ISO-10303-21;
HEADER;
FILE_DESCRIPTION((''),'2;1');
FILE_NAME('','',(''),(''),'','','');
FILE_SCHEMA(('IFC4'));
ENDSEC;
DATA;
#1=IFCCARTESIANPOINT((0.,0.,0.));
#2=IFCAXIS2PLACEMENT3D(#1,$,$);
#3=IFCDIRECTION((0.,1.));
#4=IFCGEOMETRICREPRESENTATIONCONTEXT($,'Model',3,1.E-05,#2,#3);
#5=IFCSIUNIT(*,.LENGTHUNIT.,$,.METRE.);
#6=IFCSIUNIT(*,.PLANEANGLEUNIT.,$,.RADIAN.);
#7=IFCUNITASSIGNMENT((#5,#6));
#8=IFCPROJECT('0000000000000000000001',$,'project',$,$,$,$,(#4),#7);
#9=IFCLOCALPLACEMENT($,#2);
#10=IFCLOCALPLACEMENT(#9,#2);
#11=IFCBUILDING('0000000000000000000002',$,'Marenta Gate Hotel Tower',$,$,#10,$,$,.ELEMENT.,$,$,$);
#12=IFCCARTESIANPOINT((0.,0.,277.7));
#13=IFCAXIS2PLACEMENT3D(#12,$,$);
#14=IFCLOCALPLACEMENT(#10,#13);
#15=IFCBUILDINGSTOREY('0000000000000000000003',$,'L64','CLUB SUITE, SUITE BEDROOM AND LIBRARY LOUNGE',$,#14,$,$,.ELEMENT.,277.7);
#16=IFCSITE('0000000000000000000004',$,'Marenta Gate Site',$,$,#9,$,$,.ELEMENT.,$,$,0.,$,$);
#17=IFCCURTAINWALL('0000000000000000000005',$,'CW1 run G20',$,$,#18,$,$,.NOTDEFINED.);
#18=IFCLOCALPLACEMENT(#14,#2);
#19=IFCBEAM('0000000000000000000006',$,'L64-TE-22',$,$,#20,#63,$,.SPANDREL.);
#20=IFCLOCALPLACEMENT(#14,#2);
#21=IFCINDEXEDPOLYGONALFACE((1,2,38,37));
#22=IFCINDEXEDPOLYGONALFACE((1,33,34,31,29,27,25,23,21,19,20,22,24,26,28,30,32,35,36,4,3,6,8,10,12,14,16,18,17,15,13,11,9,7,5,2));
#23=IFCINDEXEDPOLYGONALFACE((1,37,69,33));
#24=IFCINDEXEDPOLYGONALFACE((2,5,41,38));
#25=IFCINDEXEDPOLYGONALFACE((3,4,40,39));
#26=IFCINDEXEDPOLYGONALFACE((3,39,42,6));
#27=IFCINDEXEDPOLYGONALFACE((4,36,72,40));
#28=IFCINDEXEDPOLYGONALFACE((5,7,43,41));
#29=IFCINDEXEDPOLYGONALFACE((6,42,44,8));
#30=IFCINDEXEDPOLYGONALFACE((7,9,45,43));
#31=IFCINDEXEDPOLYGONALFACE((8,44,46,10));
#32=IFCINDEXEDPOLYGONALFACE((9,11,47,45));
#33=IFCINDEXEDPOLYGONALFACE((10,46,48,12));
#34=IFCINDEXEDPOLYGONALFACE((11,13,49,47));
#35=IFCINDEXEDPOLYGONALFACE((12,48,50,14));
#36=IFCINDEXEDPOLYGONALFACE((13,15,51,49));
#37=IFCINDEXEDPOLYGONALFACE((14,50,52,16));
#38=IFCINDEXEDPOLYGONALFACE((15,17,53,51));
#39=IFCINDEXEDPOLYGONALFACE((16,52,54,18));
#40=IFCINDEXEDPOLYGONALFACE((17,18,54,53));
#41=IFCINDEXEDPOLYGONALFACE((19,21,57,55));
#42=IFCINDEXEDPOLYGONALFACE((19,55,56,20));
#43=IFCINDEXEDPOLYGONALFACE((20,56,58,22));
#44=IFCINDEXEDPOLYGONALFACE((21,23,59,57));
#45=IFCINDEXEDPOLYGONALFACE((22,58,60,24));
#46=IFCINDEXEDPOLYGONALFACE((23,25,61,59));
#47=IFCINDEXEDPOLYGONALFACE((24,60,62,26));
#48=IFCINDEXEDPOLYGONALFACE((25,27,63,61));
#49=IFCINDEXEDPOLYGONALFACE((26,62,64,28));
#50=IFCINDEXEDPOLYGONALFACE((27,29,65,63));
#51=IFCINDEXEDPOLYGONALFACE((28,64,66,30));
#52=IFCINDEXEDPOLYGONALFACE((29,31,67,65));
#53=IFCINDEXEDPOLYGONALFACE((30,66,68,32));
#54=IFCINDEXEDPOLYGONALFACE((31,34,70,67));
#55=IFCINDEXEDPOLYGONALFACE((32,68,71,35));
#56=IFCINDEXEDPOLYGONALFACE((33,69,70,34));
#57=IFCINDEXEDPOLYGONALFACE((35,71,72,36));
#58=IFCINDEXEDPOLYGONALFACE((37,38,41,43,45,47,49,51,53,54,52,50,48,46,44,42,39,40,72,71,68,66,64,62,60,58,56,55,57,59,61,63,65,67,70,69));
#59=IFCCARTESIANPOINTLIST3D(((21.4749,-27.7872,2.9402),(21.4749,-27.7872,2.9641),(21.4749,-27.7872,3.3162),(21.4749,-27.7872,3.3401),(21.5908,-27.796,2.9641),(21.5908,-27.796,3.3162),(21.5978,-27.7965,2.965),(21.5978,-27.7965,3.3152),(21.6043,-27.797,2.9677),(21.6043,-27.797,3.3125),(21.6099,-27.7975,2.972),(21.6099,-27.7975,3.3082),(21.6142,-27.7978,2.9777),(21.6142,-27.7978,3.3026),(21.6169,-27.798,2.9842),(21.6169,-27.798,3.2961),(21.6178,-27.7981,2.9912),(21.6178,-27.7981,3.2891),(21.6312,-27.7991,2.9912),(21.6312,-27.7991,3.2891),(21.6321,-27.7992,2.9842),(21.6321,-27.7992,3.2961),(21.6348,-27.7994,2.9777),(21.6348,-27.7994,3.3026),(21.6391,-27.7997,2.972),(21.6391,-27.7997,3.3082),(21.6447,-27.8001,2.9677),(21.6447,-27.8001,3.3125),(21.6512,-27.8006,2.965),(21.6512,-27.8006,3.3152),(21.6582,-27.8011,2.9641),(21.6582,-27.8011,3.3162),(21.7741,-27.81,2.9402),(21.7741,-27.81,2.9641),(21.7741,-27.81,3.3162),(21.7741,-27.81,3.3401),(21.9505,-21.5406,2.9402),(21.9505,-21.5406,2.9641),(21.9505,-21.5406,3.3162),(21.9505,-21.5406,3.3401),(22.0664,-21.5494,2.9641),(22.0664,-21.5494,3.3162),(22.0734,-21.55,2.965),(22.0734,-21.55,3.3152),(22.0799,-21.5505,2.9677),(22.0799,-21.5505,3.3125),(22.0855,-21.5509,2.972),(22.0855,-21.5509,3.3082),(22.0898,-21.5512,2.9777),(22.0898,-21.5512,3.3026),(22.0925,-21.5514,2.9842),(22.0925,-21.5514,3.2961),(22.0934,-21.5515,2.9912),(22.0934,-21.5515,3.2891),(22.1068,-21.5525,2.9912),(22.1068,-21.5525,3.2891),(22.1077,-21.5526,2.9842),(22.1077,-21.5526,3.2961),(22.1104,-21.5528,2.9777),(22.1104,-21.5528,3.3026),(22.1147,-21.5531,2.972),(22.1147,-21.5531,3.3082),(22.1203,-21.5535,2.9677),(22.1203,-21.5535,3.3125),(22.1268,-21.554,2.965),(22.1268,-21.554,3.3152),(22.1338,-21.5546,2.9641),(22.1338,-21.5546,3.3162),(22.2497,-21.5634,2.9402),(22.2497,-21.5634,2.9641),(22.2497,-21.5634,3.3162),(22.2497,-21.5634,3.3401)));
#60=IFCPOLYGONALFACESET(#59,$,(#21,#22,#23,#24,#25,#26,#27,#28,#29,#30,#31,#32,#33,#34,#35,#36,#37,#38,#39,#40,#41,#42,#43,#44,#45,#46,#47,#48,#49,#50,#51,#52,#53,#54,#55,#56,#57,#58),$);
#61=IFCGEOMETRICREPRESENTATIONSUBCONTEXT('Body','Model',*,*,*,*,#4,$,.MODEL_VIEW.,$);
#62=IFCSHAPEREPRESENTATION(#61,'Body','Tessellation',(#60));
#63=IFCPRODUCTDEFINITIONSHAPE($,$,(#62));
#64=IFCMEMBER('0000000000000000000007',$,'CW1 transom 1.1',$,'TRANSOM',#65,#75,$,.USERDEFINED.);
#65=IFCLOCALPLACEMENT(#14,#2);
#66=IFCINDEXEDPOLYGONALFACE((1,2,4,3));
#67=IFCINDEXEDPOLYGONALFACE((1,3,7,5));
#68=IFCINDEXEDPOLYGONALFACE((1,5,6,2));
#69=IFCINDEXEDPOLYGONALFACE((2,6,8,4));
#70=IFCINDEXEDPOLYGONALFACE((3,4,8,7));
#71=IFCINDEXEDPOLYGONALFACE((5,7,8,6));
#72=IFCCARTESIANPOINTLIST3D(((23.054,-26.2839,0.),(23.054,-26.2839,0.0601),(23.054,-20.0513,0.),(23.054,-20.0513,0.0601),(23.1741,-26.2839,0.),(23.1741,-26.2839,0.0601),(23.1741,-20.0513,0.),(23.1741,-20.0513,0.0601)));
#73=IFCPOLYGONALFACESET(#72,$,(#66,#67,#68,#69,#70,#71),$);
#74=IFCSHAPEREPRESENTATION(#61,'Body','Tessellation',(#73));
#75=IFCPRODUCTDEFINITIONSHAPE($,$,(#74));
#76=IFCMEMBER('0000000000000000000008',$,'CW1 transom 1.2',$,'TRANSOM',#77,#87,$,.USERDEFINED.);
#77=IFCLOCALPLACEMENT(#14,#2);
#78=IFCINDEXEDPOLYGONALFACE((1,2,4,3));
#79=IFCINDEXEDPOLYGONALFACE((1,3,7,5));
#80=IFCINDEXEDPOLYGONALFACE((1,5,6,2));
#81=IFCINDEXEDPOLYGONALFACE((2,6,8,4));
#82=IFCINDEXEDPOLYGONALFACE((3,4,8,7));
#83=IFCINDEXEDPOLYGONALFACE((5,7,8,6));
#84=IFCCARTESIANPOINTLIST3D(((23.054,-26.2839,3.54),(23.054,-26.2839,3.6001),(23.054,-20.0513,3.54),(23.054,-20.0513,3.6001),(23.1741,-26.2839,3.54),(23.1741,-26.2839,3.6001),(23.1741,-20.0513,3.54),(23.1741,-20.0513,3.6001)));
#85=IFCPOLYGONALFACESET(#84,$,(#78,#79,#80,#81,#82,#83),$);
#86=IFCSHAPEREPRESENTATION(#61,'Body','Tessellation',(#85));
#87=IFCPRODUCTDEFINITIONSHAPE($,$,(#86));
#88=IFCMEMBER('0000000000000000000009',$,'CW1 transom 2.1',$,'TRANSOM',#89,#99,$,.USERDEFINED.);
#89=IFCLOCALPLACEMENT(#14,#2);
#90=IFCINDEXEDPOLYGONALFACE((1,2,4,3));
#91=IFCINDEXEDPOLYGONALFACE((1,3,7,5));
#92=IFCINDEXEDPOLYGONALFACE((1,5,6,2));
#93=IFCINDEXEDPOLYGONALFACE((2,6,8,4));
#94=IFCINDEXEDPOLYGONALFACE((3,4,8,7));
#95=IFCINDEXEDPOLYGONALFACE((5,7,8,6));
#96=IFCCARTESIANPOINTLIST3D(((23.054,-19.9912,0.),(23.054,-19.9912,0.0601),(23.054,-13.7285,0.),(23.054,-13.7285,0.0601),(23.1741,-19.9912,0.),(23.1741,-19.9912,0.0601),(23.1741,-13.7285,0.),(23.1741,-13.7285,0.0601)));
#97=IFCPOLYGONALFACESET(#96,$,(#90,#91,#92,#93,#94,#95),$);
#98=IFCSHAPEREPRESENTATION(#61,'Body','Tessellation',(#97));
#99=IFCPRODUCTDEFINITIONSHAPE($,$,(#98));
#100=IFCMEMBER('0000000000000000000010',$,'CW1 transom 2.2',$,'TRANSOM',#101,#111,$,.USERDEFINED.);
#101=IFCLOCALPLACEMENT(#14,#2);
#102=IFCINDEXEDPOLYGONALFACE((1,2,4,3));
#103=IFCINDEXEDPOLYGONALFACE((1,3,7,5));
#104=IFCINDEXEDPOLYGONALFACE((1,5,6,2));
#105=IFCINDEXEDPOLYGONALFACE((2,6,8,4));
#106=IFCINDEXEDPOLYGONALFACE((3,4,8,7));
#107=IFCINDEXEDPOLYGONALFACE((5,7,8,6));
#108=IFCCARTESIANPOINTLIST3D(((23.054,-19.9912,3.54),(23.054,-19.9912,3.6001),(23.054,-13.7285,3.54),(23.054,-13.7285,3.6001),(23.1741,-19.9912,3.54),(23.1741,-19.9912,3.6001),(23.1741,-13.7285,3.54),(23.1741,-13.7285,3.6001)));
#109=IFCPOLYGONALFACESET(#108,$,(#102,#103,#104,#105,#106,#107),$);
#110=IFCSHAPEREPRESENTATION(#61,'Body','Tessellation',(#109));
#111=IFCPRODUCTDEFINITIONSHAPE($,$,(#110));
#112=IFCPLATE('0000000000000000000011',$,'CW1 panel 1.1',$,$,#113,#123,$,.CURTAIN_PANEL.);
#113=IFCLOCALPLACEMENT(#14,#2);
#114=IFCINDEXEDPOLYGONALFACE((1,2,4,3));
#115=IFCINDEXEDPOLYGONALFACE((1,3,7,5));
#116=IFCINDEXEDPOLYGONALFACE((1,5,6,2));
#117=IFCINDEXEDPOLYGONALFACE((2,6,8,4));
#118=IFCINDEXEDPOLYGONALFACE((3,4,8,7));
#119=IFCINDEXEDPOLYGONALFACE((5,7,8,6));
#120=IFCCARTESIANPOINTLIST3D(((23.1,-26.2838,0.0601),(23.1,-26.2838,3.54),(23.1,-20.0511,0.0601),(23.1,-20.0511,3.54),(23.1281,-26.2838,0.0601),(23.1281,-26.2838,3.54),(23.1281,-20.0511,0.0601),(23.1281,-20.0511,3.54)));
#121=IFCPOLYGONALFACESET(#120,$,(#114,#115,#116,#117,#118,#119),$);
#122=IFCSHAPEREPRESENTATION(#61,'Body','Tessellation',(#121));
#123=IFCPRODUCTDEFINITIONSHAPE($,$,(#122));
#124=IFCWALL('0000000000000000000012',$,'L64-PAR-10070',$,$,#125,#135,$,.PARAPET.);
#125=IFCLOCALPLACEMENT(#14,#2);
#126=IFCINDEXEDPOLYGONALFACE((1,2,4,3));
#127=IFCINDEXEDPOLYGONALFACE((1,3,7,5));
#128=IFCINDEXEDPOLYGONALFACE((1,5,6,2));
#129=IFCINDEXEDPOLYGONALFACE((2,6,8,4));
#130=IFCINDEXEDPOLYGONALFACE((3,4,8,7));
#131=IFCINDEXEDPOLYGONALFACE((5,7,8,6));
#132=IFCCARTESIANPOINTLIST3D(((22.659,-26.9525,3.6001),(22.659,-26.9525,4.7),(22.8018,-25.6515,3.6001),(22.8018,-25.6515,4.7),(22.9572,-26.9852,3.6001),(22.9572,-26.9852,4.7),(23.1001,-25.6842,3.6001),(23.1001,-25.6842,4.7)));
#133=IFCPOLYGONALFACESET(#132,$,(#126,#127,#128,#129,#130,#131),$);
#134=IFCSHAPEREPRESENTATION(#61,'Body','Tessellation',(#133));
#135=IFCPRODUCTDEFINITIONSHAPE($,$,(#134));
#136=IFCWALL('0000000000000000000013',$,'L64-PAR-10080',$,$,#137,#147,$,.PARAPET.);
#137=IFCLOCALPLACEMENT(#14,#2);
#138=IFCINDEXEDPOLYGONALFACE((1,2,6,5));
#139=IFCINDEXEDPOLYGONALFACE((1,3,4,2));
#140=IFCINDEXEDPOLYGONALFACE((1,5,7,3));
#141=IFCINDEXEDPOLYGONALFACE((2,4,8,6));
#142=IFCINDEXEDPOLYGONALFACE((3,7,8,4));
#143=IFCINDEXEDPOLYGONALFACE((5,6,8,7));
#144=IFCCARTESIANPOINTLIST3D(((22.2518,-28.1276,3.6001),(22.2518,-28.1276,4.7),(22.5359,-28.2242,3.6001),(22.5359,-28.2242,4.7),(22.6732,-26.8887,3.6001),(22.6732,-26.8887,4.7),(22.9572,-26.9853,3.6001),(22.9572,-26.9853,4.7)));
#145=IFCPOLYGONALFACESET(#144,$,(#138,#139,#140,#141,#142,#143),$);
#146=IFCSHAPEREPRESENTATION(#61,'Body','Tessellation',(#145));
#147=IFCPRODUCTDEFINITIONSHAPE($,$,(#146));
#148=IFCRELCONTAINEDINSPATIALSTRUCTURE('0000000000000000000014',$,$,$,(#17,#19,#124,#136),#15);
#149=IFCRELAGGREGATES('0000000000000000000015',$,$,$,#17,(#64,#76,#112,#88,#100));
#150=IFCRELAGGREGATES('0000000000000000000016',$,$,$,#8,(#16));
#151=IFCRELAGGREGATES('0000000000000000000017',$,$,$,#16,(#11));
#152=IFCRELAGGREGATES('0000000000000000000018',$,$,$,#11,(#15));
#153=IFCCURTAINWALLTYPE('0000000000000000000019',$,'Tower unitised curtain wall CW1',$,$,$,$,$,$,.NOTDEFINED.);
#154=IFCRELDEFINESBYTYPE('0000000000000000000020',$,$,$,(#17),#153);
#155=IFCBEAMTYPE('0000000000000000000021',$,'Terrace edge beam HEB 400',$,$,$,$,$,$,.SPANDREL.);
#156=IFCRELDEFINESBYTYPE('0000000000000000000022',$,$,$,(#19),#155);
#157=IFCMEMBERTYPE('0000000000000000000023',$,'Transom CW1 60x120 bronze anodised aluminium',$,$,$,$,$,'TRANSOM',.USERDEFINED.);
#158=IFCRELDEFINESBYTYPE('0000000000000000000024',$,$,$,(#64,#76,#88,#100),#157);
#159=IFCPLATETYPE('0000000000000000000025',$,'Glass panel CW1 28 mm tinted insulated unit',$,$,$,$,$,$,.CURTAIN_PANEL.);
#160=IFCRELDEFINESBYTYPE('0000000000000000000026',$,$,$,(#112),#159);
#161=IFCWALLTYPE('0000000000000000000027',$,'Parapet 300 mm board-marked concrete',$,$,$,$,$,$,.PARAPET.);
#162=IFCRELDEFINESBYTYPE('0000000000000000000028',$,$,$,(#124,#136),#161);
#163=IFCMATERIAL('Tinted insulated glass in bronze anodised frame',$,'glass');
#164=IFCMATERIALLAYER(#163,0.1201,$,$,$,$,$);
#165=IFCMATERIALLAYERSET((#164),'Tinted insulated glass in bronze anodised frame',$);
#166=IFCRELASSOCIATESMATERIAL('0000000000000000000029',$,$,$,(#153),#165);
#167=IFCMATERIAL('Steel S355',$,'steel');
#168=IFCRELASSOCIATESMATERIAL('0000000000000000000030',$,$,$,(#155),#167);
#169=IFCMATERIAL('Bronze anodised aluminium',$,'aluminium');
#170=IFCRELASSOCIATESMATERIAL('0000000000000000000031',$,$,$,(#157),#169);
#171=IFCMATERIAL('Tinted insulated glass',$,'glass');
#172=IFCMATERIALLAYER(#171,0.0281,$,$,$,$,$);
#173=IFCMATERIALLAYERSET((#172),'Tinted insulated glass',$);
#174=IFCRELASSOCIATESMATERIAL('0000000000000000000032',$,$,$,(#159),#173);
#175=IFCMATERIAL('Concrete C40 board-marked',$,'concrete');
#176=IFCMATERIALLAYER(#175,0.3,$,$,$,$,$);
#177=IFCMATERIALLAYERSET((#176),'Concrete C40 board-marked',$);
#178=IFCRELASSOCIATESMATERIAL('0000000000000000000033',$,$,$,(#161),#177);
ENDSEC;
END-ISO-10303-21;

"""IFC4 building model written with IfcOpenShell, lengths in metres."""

from ifc_helpers import new_model, si_unit, direction, frame, frame_2d, origin, origin_2d, place, context, subcontext, project, spatial, rectangle, i_section, extrude, material, layer, layer_set, material_profile, profile_set, type_object, element, aggregate, save


model = new_model("IFC4")

# Units and contexts
model_context = context("Model", 3, precision=1e-05, world=origin(), true_north=direction((0.0, 1.0)))
body_context = subcontext(model_context, "Body", "Model", "MODEL_VIEW")
ifc_project = project(units=[si_unit("LENGTHUNIT", "METRE"), si_unit("PLANEANGLEUNIT", "RADIAN")], contexts=[model_context])

# Site, building, storey
site_placement = place(None, origin())
site = spatial("IfcSite", under=ifc_project, at=site_placement, Name="Marenta Gate Site", CompositionType="ELEMENT", RefElevation=0.0)
building_placement = place(site_placement, origin())
building = spatial("IfcBuilding", under=site, at=building_placement, Name="Marenta Gate Hotel Tower", CompositionType="ELEMENT")
storey_placement = place(building_placement, frame((0.0, 0.0, 277.7)))
storey = spatial("IfcBuildingStorey", under=building, at=storey_placement, Name="L64", Description="CLUB SUITE, SUITE BEDROOM AND LIBRARY LOUNGE", CompositionType="ELEMENT", Elevation=277.7)

# Curtain wall
ifc_material_1 = material(Name="Tinted insulated glass in bronze anodised frame", Category="glass")
ifc_layer_1 = layer(ifc_material_1, 0.1201)
ifc_layer_set_1 = layer_set([ifc_layer_1], Name="Tinted insulated glass in bronze anodised frame")
curtain_wall_type = type_object("IfcCurtainWallType", Name="Tower unitised curtain wall CW1", PredefinedType="NOTDEFINED", material=ifc_layer_set_1)
curtain_wall_placement = place(storey_placement, origin())
curtain_wall = element("IfcCurtainWall", 1, at=curtain_wall_placement, inside=storey, type_object=curtain_wall_type, Name="CW1 run G20", PredefinedType="NOTDEFINED")

# Beam
ifc_material_2 = material(Name="Steel S355", Category="steel")
ifc_material_profile_1 = material_profile(ifc_material_2, i_section(OverallWidth=0.3, OverallDepth=0.3999, WebThickness=0.0134, FlangeThickness=0.0239, FilletRadius=0.0271, at=origin_2d()), Name="HEB 400")
ifc_profile_set_1 = profile_set([ifc_material_profile_1], Name="Steel S355")
beam_type_1 = type_object("IfcBeamType", Name="Terrace edge beam HEB 400", PredefinedType="SPANDREL", material=ifc_profile_set_1)
beam_1_placement = place(storey_placement, frame((22.1001, -21.552, 3.1401), z_axis=(-0.075916, -0.997114, 0.0), x_axis=(0.997114, -0.075916, 0.0)))
element("IfcBeam", 2, at=beam_1_placement, inside=storey, type_object=beam_type_1, Name="L64-TE-22", PredefinedType="SPANDREL", context=body_context, shape_type="SweptSolid", body=[
    extrude(i_section(OverallWidth=0.3, OverallDepth=0.3999, WebThickness=0.0134, FlangeThickness=0.0239, FilletRadius=0.0271, at=origin_2d()), origin(), (0.0, 0.0, 1.0), 6.2646),
])

# Members
ifc_material_3 = material(Name="Bronze anodised aluminium", Category="aluminium")
ifc_material_profile_2 = material_profile(ifc_material_3, rectangle(XDim=0.1201, YDim=0.0601, at=origin_2d()), Name="Transom CW1 60x120 bronze anodised aluminium")
ifc_profile_set_2 = profile_set([ifc_material_profile_2], Name="Bronze anodised aluminium")
member_type_1 = type_object("IfcMemberType", Name="Transom CW1 60x120 bronze anodised aluminium", ElementType="TRANSOM", PredefinedType="USERDEFINED", material=ifc_profile_set_2)
member_1_placement = place(storey_placement, frame((23.114, -26.2839, 0.03), z_axis=(0.0, 1.0, 0.0), x_axis=(-1.0, 0.0, 0.0)))
member_1 = element("IfcMember", 3, at=member_1_placement, type_object=member_type_1, Name="CW1 transom 1.1", ObjectType="TRANSOM", PredefinedType="USERDEFINED", context=body_context, shape_type="SweptSolid", body=[
    extrude(rectangle(XDim=0.1201, YDim=0.0601, at=origin_2d()), origin(), (0.0, 0.0, 1.0), 6.2327),
])
member_2_placement = place(storey_placement, frame((23.114, -26.2839, 3.5701), z_axis=(0.0, 1.0, 0.0), x_axis=(-1.0, 0.0, 0.0)))
member_2 = element("IfcMember", 4, at=member_2_placement, type_object=member_type_1, Name="CW1 transom 1.2", ObjectType="TRANSOM", PredefinedType="USERDEFINED", context=body_context, shape_type="SweptSolid", body=[
    extrude(rectangle(XDim=0.1201, YDim=0.0601, at=origin_2d()), origin(), (0.0, 0.0, 1.0), 6.2327),
])
member_3_placement = place(storey_placement, frame((23.114, -19.9912, 0.03), z_axis=(0.0, 1.0, 0.0), x_axis=(-1.0, 0.0, 0.0)))
member_3 = element("IfcMember", 5, at=member_3_placement, type_object=member_type_1, Name="CW1 transom 2.1", ObjectType="TRANSOM", PredefinedType="USERDEFINED", context=body_context, shape_type="SweptSolid", body=[
    extrude(rectangle(XDim=0.1201, YDim=0.0601, at=origin_2d()), origin(), (0.0, 0.0, 1.0), 6.2627),
])
member_4_placement = place(storey_placement, frame((23.114, -19.9912, 3.5701), z_axis=(0.0, 1.0, 0.0), x_axis=(-1.0, 0.0, 0.0)))
member_4 = element("IfcMember", 6, at=member_4_placement, type_object=member_type_1, Name="CW1 transom 2.2", ObjectType="TRANSOM", PredefinedType="USERDEFINED", context=body_context, shape_type="SweptSolid", body=[
    extrude(rectangle(XDim=0.1201, YDim=0.0601, at=origin_2d()), origin(), (0.0, 0.0, 1.0), 6.2627),
])

# Plate
ifc_material_4 = material(Name="Tinted insulated glass", Category="glass")
ifc_layer_2 = layer(ifc_material_4, 0.0281)
ifc_layer_set_2 = layer_set([ifc_layer_2], Name="Tinted insulated glass")
plate_type = type_object("IfcPlateType", Name="Glass panel CW1 28 mm tinted insulated unit", PredefinedType="CURTAIN_PANEL", material=ifc_layer_set_2)
plate_placement = place(storey_placement, frame((23.114, -23.1675, 0.0601), z_axis=(0.0, 0.0, 1.0), x_axis=(0.0, 1.0, 0.0)))
plate = element("IfcPlate", 7, at=plate_placement, type_object=plate_type, Name="CW1 panel 1.1", PredefinedType="CURTAIN_PANEL", context=body_context, shape_type="SweptSolid", body=[
    extrude(rectangle(XDim=6.2327, YDim=0.0281, at=origin_2d()), origin(), (0.0, 0.0, 1.0), 3.48),
])
aggregate(curtain_wall, [member_1, member_2, plate, member_3, member_4])

# Walls
ifc_material_5 = material(Name="Concrete C40 board-marked", Category="concrete")
ifc_layer_3 = layer(ifc_material_5, 0.3)
ifc_layer_set_3 = layer_set([ifc_layer_3], Name="Concrete C40 board-marked")
wall_type = type_object("IfcWallType", Name="Parapet 300 mm board-marked concrete", PredefinedType="PARAPET", material=ifc_layer_set_3)
wall_1_placement = place(storey_placement, frame((22.9509, -25.668, 3.6001), z_axis=(0.0, 0.0, 1.0), x_axis=(-0.109121, -0.994028, 0.0)))
element("IfcWall", 8, at=wall_1_placement, inside=storey, type_object=wall_type, Name="L64-PAR-10070", PredefinedType="PARAPET", context=body_context, shape_type="SweptSolid", body=[
    extrude(rectangle(XDim=1.3088, YDim=0.3, at=frame_2d((0.6543, 0.0))), origin(), (0.0, 0.0, 1.0), 1.0999),
])
wall_2_placement = place(storey_placement, frame((22.8152, -26.937, 3.6001), z_axis=(0.0, 0.0, 1.0), x_axis=(-0.321986, -0.946744, 0.0)))
element("IfcWall", 9, at=wall_2_placement, inside=storey, type_object=wall_type, Name="L64-PAR-10080", PredefinedType="PARAPET", context=body_context, shape_type="SweptSolid", body=[
    extrude(rectangle(XDim=1.3086, YDim=0.3, at=frame_2d((0.6543, 0.0))), origin(), (0.0, 0.0, 1.0), 1.0999),
])

save(model, "model.ifc")
